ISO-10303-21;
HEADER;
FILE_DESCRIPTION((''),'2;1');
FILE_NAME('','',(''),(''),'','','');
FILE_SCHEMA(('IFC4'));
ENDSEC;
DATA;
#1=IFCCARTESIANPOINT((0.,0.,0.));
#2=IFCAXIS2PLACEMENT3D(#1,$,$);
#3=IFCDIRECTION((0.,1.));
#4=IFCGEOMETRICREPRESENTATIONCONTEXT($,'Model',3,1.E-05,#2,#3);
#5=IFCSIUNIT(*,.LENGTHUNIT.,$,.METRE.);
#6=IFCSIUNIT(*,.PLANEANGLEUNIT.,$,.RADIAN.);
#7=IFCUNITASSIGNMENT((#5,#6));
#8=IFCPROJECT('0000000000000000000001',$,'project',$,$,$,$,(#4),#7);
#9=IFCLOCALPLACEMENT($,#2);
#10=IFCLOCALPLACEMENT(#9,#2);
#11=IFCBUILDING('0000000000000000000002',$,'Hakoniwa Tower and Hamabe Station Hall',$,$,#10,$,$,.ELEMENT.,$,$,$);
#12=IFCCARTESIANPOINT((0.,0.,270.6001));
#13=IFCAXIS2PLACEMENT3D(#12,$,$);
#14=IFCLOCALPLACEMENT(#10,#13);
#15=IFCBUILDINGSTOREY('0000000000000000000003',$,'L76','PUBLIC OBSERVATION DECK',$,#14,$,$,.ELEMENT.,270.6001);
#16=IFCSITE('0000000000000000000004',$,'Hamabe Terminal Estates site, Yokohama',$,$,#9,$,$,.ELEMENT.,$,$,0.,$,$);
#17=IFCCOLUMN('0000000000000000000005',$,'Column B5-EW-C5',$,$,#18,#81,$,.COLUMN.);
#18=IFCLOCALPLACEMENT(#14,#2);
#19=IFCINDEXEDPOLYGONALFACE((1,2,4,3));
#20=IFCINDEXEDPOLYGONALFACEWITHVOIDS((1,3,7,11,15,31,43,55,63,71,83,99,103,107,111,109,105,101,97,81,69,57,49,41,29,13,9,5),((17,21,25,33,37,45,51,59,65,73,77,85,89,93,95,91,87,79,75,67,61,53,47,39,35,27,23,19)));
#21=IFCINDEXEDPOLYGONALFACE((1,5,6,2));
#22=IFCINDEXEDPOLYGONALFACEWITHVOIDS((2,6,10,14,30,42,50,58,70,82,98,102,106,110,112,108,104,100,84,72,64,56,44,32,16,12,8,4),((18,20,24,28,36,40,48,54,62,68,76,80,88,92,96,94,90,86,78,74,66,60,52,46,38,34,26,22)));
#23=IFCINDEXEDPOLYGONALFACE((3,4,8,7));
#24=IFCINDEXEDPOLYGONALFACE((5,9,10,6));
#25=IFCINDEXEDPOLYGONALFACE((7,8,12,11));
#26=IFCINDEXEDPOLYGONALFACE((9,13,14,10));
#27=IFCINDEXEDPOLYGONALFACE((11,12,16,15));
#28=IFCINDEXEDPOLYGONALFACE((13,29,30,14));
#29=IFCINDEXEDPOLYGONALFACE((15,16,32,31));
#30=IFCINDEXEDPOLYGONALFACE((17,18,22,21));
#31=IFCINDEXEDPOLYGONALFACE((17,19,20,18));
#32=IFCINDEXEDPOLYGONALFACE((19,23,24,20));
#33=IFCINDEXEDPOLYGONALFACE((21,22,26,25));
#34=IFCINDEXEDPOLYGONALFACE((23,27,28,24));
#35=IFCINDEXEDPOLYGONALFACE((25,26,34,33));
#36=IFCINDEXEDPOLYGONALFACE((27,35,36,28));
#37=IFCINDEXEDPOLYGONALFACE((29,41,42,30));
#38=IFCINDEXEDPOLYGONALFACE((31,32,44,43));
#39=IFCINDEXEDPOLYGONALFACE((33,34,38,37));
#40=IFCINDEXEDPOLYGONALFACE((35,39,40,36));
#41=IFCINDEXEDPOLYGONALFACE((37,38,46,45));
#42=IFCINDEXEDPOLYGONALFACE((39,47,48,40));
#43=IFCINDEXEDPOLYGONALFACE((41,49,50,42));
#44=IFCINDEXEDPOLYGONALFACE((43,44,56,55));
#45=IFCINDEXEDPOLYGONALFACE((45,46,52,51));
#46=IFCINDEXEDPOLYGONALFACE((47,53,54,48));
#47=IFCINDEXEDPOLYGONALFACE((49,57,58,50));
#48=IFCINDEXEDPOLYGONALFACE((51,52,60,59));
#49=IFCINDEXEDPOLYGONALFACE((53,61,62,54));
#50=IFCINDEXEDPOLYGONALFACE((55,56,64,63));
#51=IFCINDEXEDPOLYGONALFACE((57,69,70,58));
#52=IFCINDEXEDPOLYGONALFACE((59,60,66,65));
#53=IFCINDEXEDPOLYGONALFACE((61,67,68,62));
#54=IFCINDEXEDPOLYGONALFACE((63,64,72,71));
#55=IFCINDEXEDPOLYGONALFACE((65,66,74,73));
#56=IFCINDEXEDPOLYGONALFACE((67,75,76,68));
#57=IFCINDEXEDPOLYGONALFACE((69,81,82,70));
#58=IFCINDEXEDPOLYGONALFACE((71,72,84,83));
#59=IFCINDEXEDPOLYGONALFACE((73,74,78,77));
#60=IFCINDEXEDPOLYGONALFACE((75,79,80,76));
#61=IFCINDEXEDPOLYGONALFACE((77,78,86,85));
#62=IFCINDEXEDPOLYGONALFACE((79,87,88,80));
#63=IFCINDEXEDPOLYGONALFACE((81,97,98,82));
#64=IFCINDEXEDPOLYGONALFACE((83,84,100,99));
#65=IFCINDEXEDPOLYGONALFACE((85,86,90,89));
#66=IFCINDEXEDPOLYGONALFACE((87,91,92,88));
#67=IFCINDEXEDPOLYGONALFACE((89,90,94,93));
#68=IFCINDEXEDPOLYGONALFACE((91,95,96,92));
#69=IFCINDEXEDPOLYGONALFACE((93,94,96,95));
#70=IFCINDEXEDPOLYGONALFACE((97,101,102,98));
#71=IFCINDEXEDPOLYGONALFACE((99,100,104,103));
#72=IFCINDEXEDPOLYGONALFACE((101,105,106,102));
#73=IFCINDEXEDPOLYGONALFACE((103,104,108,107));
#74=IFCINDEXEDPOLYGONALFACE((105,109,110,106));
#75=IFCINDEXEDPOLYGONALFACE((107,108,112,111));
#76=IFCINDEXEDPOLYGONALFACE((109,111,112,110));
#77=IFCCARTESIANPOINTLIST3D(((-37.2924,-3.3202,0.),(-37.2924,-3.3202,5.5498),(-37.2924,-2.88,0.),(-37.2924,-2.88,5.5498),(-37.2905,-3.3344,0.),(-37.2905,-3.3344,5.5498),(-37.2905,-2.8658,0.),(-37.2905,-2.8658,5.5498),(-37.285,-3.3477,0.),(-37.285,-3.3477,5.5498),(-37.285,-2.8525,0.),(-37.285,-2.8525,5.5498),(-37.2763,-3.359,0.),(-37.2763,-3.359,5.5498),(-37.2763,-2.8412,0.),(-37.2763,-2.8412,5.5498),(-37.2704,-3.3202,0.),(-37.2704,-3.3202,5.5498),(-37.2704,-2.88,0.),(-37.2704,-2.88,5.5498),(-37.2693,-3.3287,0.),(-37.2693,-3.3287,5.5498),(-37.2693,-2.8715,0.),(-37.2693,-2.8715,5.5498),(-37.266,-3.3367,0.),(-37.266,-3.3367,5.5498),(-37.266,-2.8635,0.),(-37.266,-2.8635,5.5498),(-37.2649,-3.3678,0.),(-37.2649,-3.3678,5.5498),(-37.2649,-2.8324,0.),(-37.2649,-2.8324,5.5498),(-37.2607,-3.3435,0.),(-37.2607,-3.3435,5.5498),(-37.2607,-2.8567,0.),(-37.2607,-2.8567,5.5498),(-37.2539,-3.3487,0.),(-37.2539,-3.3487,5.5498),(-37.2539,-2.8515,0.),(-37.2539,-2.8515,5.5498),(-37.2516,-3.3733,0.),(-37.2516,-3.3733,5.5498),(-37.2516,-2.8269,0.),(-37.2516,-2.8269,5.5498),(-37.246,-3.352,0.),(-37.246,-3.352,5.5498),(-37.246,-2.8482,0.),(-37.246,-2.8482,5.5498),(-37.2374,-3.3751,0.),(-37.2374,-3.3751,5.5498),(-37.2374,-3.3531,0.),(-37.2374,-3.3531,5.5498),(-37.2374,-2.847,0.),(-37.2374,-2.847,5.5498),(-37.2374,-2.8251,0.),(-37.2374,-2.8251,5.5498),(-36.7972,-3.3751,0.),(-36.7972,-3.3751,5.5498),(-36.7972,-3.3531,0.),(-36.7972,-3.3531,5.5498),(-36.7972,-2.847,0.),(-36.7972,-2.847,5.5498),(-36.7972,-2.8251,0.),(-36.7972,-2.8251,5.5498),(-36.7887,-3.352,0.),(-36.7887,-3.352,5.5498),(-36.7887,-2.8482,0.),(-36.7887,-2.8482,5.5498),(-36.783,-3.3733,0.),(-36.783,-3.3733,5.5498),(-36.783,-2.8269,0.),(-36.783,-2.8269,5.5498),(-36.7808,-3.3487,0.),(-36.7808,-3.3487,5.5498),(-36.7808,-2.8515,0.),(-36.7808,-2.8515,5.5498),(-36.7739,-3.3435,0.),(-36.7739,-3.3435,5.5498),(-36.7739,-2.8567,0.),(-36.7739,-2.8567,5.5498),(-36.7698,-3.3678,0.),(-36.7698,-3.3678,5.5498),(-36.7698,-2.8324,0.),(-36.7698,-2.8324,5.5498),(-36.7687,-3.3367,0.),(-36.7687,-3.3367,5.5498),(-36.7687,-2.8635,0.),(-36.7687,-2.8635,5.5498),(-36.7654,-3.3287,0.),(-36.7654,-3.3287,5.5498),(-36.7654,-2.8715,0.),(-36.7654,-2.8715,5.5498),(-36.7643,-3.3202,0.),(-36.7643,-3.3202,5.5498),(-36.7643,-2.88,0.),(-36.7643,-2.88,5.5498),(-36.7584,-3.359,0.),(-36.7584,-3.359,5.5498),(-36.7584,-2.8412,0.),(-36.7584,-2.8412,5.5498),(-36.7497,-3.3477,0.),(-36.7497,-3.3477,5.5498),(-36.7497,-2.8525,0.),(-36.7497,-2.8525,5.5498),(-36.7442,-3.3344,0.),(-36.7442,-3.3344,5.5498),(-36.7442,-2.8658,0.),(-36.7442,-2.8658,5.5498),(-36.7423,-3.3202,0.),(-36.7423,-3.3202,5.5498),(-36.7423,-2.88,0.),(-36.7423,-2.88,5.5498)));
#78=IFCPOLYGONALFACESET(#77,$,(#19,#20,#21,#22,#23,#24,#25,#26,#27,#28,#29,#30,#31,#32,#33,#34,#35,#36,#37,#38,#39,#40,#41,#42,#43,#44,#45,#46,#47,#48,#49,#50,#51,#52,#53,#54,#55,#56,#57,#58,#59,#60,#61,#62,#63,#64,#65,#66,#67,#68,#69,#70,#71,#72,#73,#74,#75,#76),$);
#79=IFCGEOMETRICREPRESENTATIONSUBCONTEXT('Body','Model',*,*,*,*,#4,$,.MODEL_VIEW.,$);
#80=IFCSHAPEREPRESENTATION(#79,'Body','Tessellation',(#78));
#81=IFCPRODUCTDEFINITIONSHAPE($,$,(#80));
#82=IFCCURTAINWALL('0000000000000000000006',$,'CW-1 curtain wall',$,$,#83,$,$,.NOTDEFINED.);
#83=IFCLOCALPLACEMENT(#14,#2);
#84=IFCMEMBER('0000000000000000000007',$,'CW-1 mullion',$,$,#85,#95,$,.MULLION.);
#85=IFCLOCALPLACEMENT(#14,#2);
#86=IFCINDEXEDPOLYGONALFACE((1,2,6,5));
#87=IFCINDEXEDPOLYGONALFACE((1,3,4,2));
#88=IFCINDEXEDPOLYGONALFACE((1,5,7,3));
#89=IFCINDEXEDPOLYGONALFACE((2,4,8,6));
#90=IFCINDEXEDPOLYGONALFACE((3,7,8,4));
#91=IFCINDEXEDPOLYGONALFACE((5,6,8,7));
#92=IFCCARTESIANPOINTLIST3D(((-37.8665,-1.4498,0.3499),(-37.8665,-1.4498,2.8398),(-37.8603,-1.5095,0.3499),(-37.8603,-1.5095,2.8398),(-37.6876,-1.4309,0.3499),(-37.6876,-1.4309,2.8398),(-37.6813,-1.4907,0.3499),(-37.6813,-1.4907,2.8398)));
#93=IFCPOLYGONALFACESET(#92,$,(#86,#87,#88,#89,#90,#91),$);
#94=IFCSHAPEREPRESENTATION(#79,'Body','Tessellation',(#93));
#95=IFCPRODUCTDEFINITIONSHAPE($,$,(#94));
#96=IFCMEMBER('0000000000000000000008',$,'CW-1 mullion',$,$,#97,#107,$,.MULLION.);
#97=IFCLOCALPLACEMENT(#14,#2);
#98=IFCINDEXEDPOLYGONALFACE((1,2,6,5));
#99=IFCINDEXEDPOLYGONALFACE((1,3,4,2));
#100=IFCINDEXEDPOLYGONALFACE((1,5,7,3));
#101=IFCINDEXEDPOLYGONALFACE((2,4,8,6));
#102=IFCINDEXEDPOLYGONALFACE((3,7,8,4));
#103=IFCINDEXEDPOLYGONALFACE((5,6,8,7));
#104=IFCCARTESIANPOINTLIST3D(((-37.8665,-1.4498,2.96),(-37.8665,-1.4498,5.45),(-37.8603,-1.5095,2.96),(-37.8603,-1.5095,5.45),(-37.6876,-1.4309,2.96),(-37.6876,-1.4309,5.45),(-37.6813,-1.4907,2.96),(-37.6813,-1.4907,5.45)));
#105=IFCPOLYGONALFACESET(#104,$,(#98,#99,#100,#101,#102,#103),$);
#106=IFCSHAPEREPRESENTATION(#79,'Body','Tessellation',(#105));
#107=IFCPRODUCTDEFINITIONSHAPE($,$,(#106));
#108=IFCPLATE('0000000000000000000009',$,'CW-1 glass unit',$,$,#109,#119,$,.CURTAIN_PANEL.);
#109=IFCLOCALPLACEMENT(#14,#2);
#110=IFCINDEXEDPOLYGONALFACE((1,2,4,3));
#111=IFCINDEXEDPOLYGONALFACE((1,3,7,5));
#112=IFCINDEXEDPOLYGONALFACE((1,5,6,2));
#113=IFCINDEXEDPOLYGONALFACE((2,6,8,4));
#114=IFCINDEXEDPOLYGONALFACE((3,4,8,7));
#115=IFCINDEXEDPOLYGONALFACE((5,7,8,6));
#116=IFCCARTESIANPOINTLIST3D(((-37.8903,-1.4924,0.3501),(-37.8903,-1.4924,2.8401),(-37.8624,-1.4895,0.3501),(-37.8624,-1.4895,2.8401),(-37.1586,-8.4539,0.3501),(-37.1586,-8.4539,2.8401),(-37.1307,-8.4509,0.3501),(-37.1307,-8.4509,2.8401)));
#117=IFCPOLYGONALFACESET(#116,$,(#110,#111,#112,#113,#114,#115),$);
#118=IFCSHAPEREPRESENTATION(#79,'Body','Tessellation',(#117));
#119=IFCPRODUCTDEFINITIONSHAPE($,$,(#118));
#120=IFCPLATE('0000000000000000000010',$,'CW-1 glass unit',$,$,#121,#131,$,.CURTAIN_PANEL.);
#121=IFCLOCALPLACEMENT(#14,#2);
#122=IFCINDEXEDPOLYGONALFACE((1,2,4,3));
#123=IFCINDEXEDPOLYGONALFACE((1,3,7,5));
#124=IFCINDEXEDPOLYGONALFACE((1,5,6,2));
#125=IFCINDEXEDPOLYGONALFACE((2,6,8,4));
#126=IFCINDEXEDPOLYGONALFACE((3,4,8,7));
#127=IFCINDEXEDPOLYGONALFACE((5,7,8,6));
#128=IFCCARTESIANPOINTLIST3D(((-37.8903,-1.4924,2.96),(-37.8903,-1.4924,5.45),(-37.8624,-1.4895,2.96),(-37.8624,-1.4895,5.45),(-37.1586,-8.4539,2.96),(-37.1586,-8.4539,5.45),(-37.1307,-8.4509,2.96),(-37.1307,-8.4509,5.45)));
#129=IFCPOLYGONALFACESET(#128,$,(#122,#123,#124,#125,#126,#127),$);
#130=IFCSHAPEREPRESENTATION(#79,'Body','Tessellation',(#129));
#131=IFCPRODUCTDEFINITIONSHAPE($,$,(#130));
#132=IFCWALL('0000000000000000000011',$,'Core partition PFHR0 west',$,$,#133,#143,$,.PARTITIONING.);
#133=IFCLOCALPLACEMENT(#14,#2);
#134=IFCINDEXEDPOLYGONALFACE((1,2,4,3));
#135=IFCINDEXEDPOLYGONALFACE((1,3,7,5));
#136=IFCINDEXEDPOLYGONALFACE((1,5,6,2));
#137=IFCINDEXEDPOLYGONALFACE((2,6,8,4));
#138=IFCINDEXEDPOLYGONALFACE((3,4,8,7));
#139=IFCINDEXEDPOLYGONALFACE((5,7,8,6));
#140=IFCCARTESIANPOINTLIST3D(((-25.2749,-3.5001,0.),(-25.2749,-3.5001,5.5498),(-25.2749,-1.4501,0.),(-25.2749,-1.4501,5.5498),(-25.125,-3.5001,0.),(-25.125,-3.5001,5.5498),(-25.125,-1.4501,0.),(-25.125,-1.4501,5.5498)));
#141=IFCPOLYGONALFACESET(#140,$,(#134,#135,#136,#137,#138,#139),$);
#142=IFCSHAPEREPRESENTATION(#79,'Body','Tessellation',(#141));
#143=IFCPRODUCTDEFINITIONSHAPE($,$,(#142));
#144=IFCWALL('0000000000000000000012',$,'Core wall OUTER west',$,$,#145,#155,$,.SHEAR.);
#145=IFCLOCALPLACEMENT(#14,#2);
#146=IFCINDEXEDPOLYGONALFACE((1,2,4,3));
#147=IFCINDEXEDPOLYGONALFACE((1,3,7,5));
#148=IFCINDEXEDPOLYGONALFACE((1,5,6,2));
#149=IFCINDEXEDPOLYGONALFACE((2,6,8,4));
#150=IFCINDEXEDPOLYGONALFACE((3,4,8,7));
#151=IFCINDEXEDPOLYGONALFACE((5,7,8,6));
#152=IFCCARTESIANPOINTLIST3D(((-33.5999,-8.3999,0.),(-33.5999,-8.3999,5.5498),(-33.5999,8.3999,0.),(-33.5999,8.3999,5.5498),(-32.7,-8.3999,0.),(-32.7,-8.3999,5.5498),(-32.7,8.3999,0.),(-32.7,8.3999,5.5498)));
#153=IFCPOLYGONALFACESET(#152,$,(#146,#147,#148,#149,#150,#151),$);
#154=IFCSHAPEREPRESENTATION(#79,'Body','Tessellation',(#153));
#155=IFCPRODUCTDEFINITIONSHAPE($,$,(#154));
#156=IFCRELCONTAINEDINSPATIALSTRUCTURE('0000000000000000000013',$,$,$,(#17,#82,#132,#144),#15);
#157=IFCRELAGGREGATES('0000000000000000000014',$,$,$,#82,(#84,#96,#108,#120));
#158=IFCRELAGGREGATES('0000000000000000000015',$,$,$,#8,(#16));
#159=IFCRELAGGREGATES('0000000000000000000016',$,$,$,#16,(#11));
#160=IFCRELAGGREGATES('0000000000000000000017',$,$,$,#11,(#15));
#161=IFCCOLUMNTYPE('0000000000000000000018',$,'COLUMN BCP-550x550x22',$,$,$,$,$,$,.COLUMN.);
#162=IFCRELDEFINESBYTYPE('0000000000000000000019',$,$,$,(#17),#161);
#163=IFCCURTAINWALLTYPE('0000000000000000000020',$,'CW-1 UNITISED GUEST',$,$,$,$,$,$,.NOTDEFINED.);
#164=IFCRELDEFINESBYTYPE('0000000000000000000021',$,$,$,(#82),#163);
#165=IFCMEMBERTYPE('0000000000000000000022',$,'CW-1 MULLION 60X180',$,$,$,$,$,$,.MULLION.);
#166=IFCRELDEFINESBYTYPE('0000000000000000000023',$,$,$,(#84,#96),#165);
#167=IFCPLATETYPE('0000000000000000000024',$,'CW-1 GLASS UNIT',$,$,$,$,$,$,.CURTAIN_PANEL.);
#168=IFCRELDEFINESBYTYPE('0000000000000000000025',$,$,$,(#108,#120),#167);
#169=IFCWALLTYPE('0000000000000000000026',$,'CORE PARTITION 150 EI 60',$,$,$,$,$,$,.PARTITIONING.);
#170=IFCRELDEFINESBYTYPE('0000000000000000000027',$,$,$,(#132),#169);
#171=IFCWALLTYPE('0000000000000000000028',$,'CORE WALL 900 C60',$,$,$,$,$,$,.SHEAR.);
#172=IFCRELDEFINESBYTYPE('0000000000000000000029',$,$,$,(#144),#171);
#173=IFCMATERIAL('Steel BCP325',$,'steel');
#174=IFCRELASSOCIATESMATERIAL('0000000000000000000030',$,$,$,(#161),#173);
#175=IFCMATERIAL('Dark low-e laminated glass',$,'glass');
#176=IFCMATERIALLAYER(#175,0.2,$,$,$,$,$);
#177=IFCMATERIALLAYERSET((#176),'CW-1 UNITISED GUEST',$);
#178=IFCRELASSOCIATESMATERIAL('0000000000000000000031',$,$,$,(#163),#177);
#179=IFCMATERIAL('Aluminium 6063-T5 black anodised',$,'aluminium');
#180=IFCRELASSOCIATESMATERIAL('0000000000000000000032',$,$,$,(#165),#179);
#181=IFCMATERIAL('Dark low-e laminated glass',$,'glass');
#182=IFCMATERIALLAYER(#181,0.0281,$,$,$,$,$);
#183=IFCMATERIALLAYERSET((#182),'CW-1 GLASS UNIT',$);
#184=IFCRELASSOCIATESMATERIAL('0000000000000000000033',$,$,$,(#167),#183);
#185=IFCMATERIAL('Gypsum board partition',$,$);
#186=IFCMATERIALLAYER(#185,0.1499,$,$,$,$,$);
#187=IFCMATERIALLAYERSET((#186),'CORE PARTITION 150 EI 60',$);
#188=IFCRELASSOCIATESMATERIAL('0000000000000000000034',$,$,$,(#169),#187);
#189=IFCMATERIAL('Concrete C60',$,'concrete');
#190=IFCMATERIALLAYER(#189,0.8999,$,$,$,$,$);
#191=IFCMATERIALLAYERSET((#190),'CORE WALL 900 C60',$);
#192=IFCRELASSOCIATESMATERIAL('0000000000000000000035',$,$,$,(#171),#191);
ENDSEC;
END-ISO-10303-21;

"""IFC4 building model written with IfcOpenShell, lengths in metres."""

from ifc_helpers import new_model, si_unit, direction, frame, frame_2d, origin, origin_2d, place, context, subcontext, project, spatial, rectangle, hollow_rectangle, extrude, material, layer, layer_set, material_profile, profile_set, type_object, element, aggregate, save


model = new_model("IFC4")

# Units and contexts
model_context = context("Model", 3, precision=1e-05, world=origin(), true_north=direction((0.0, 1.0)))
body_context = subcontext(model_context, "Body", "Model", "MODEL_VIEW")
ifc_project = project(units=[si_unit("LENGTHUNIT", "METRE"), si_unit("PLANEANGLEUNIT", "RADIAN")], contexts=[model_context])

# Site, building, storey
site_placement = place(None, origin())
site = spatial("IfcSite", under=ifc_project, at=site_placement, Name="Hamabe Terminal Estates site, Yokohama", CompositionType="ELEMENT", RefElevation=0.0)
building_placement = place(site_placement, origin())
building = spatial("IfcBuilding", under=site, at=building_placement, Name="Hakoniwa Tower and Hamabe Station Hall", CompositionType="ELEMENT")
storey_placement = place(building_placement, frame((0.0, 0.0, 270.6001)))
storey = spatial("IfcBuildingStorey", under=building, at=storey_placement, Name="L76", Description="PUBLIC OBSERVATION DECK", CompositionType="ELEMENT", Elevation=270.6001)

# Column
ifc_material_1 = material(Name="Steel BCP325", Category="steel")
ifc_material_profile_1 = material_profile(ifc_material_1, hollow_rectangle(XDim=0.55, YDim=0.55, WallThickness=0.022, InnerFilletRadius=0.033, OuterFilletRadius=0.0549, at=origin_2d()), Name="BCP-550x550x22")
ifc_profile_set_1 = profile_set([ifc_material_profile_1], Name="Steel BCP325")
column_type = type_object("IfcColumnType", Name="COLUMN BCP-550x550x22", PredefinedType="COLUMN", material=ifc_profile_set_1)
column_placement = place(storey_placement, frame((-37.0173, -3.1001, 0.0), z_axis=(0.0, 0.0, 1.0), x_axis=(1.0, 0.0, 0.0)))
element("IfcColumn", 1, at=column_placement, inside=storey, type_object=column_type, Name="Column B5-EW-C5", PredefinedType="COLUMN", context=body_context, shape_type="SweptSolid", body=[
    extrude(hollow_rectangle(XDim=0.55, YDim=0.55, WallThickness=0.022, InnerFilletRadius=0.033, OuterFilletRadius=0.0549, at=origin_2d()), origin(), (0.0, 0.0, 1.0), 5.5498),
])

# Curtain wall, members, plates
ifc_material_2 = material(Name="Dark low-e laminated glass", Category="glass")
ifc_layer_1 = layer(ifc_material_2, 0.2)
ifc_layer_set_1 = layer_set([ifc_layer_1], Name="CW-1 UNITISED GUEST")
curtain_wall_type = type_object("IfcCurtainWallType", Name="CW-1 UNITISED GUEST", PredefinedType="NOTDEFINED", material=ifc_layer_set_1)
curtain_wall_placement = place(storey_placement, origin())
curtain_wall = element("IfcCurtainWall", 2, at=curtain_wall_placement, inside=storey, type_object=curtain_wall_type, Name="CW-1 curtain wall", PredefinedType="NOTDEFINED")
ifc_material_3 = material(Name="Aluminium 6063-T5 black anodised", Category="aluminium")
ifc_material_profile_2 = material_profile(ifc_material_3, rectangle(XDim=0.0601, YDim=0.1799, at=origin_2d()), Name="CW-1 MULLION 60X180")
ifc_profile_set_2 = profile_set([ifc_material_profile_2], Name="Aluminium 6063-T5 black anodised")
member_type = type_object("IfcMemberType", Name="CW-1 MULLION 60X180", PredefinedType="MULLION", material=ifc_profile_set_2)
member_1_placement = place(storey_placement, frame((-37.7739, -1.4702, 0.3499), z_axis=(0.0, 0.0, 1.0), x_axis=(0.104528, -0.994522, 0.0)))
member_1 = element("IfcMember", 3, at=member_1_placement, type_object=member_type, Name="CW-1 mullion", PredefinedType="MULLION", context=body_context, shape_type="SweptSolid", body=[
    extrude(rectangle(XDim=0.0601, YDim=0.1799, at=origin_2d()), origin(), (0.0, 0.0, 1.0), 2.49),
])
member_2_placement = place(storey_placement, frame((-37.7739, -1.4702, 2.96), z_axis=(0.0, 0.0, 1.0), x_axis=(0.104528, -0.994522, 0.0)))
member_2 = element("IfcMember", 4, at=member_2_placement, type_object=member_type, Name="CW-1 mullion", PredefinedType="MULLION", context=body_context, shape_type="SweptSolid", body=[
    extrude(rectangle(XDim=0.0601, YDim=0.1799, at=origin_2d()), origin(), (0.0, 0.0, 1.0), 2.49),
])
ifc_material_4 = material(Name="Dark low-e laminated glass", Category="glass")
ifc_layer_2 = layer(ifc_material_4, 0.0281)
ifc_layer_set_2 = layer_set([ifc_layer_2], Name="CW-1 GLASS UNIT")
plate_type = type_object("IfcPlateType", Name="CW-1 GLASS UNIT", PredefinedType="CURTAIN_PANEL", material=ifc_layer_set_2)
plate_1_placement = place(storey_placement, frame((-37.5105, -4.9717, 0.3501), z_axis=(0.0, 0.0, 1.0), x_axis=(0.104528, -0.994522, 0.0)))
plate_1 = element("IfcPlate", 5, at=plate_1_placement, type_object=plate_type, Name="CW-1 glass unit", PredefinedType="CURTAIN_PANEL", context=body_context, shape_type="SweptSolid", body=[
    extrude(rectangle(XDim=6.9998, YDim=0.0281, at=origin_2d()), origin(), (0.0, 0.0, 1.0), 2.49),
])
plate_2_placement = place(storey_placement, frame((-37.5105, -4.9717, 2.96), z_axis=(0.0, 0.0, 1.0), x_axis=(0.104528, -0.994522, 0.0)))
plate_2 = element("IfcPlate", 6, at=plate_2_placement, type_object=plate_type, Name="CW-1 glass unit", PredefinedType="CURTAIN_PANEL", context=body_context, shape_type="SweptSolid", body=[
    extrude(rectangle(XDim=6.9998, YDim=0.0281, at=origin_2d()), origin(), (0.0, 0.0, 1.0), 2.49),
])
aggregate(curtain_wall, [member_1, member_2, plate_1, plate_2])

# Walls
ifc_material_5 = material(Name="Gypsum board partition")
ifc_layer_3 = layer(ifc_material_5, 0.1499)
ifc_layer_set_3 = layer_set([ifc_layer_3], Name="CORE PARTITION 150 EI 60")
wall_type_1 = type_object("IfcWallType", Name="CORE PARTITION 150 EI 60", PredefinedType="PARTITIONING", material=ifc_layer_set_3)
wall_1_placement = place(storey_placement, frame((-25.2, -3.5, 0.0), z_axis=(0.0, 0.0, 1.0), x_axis=(0.0, 1.0, 0.0)))
element("IfcWall", 7, at=wall_1_placement, inside=storey, type_object=wall_type_1, Name="Core partition PFHR0 west", PredefinedType="PARTITIONING", context=body_context, shape_type="SweptSolid", body=[
    extrude(rectangle(XDim=2.05, YDim=0.1499, at=frame_2d((1.0249, 0.0))), origin(), (0.0, 0.0, 1.0), 5.5498),
])
ifc_material_6 = material(Name="Concrete C60", Category="concrete")
ifc_layer_4 = layer(ifc_material_6, 0.8999)
ifc_layer_set_4 = layer_set([ifc_layer_4], Name="CORE WALL 900 C60")
wall_type_2 = type_object("IfcWallType", Name="CORE WALL 900 C60", PredefinedType="SHEAR", material=ifc_layer_set_4)
wall_2_placement = place(storey_placement, frame((-33.1499, -8.3999, 0.0), z_axis=(0.0, 0.0, 1.0), x_axis=(0.0, 1.0, 0.0)))
element("IfcWall", 8, at=wall_2_placement, inside=storey, type_object=wall_type_2, Name="Core wall OUTER west", PredefinedType="SHEAR", context=body_context, shape_type="SweptSolid", body=[
    extrude(rectangle(XDim=16.7998, YDim=0.8999, at=frame_2d((8.3999, 0.0))), origin(), (0.0, 0.0, 1.0), 5.5498),
])

save(model, "model.ifc")
